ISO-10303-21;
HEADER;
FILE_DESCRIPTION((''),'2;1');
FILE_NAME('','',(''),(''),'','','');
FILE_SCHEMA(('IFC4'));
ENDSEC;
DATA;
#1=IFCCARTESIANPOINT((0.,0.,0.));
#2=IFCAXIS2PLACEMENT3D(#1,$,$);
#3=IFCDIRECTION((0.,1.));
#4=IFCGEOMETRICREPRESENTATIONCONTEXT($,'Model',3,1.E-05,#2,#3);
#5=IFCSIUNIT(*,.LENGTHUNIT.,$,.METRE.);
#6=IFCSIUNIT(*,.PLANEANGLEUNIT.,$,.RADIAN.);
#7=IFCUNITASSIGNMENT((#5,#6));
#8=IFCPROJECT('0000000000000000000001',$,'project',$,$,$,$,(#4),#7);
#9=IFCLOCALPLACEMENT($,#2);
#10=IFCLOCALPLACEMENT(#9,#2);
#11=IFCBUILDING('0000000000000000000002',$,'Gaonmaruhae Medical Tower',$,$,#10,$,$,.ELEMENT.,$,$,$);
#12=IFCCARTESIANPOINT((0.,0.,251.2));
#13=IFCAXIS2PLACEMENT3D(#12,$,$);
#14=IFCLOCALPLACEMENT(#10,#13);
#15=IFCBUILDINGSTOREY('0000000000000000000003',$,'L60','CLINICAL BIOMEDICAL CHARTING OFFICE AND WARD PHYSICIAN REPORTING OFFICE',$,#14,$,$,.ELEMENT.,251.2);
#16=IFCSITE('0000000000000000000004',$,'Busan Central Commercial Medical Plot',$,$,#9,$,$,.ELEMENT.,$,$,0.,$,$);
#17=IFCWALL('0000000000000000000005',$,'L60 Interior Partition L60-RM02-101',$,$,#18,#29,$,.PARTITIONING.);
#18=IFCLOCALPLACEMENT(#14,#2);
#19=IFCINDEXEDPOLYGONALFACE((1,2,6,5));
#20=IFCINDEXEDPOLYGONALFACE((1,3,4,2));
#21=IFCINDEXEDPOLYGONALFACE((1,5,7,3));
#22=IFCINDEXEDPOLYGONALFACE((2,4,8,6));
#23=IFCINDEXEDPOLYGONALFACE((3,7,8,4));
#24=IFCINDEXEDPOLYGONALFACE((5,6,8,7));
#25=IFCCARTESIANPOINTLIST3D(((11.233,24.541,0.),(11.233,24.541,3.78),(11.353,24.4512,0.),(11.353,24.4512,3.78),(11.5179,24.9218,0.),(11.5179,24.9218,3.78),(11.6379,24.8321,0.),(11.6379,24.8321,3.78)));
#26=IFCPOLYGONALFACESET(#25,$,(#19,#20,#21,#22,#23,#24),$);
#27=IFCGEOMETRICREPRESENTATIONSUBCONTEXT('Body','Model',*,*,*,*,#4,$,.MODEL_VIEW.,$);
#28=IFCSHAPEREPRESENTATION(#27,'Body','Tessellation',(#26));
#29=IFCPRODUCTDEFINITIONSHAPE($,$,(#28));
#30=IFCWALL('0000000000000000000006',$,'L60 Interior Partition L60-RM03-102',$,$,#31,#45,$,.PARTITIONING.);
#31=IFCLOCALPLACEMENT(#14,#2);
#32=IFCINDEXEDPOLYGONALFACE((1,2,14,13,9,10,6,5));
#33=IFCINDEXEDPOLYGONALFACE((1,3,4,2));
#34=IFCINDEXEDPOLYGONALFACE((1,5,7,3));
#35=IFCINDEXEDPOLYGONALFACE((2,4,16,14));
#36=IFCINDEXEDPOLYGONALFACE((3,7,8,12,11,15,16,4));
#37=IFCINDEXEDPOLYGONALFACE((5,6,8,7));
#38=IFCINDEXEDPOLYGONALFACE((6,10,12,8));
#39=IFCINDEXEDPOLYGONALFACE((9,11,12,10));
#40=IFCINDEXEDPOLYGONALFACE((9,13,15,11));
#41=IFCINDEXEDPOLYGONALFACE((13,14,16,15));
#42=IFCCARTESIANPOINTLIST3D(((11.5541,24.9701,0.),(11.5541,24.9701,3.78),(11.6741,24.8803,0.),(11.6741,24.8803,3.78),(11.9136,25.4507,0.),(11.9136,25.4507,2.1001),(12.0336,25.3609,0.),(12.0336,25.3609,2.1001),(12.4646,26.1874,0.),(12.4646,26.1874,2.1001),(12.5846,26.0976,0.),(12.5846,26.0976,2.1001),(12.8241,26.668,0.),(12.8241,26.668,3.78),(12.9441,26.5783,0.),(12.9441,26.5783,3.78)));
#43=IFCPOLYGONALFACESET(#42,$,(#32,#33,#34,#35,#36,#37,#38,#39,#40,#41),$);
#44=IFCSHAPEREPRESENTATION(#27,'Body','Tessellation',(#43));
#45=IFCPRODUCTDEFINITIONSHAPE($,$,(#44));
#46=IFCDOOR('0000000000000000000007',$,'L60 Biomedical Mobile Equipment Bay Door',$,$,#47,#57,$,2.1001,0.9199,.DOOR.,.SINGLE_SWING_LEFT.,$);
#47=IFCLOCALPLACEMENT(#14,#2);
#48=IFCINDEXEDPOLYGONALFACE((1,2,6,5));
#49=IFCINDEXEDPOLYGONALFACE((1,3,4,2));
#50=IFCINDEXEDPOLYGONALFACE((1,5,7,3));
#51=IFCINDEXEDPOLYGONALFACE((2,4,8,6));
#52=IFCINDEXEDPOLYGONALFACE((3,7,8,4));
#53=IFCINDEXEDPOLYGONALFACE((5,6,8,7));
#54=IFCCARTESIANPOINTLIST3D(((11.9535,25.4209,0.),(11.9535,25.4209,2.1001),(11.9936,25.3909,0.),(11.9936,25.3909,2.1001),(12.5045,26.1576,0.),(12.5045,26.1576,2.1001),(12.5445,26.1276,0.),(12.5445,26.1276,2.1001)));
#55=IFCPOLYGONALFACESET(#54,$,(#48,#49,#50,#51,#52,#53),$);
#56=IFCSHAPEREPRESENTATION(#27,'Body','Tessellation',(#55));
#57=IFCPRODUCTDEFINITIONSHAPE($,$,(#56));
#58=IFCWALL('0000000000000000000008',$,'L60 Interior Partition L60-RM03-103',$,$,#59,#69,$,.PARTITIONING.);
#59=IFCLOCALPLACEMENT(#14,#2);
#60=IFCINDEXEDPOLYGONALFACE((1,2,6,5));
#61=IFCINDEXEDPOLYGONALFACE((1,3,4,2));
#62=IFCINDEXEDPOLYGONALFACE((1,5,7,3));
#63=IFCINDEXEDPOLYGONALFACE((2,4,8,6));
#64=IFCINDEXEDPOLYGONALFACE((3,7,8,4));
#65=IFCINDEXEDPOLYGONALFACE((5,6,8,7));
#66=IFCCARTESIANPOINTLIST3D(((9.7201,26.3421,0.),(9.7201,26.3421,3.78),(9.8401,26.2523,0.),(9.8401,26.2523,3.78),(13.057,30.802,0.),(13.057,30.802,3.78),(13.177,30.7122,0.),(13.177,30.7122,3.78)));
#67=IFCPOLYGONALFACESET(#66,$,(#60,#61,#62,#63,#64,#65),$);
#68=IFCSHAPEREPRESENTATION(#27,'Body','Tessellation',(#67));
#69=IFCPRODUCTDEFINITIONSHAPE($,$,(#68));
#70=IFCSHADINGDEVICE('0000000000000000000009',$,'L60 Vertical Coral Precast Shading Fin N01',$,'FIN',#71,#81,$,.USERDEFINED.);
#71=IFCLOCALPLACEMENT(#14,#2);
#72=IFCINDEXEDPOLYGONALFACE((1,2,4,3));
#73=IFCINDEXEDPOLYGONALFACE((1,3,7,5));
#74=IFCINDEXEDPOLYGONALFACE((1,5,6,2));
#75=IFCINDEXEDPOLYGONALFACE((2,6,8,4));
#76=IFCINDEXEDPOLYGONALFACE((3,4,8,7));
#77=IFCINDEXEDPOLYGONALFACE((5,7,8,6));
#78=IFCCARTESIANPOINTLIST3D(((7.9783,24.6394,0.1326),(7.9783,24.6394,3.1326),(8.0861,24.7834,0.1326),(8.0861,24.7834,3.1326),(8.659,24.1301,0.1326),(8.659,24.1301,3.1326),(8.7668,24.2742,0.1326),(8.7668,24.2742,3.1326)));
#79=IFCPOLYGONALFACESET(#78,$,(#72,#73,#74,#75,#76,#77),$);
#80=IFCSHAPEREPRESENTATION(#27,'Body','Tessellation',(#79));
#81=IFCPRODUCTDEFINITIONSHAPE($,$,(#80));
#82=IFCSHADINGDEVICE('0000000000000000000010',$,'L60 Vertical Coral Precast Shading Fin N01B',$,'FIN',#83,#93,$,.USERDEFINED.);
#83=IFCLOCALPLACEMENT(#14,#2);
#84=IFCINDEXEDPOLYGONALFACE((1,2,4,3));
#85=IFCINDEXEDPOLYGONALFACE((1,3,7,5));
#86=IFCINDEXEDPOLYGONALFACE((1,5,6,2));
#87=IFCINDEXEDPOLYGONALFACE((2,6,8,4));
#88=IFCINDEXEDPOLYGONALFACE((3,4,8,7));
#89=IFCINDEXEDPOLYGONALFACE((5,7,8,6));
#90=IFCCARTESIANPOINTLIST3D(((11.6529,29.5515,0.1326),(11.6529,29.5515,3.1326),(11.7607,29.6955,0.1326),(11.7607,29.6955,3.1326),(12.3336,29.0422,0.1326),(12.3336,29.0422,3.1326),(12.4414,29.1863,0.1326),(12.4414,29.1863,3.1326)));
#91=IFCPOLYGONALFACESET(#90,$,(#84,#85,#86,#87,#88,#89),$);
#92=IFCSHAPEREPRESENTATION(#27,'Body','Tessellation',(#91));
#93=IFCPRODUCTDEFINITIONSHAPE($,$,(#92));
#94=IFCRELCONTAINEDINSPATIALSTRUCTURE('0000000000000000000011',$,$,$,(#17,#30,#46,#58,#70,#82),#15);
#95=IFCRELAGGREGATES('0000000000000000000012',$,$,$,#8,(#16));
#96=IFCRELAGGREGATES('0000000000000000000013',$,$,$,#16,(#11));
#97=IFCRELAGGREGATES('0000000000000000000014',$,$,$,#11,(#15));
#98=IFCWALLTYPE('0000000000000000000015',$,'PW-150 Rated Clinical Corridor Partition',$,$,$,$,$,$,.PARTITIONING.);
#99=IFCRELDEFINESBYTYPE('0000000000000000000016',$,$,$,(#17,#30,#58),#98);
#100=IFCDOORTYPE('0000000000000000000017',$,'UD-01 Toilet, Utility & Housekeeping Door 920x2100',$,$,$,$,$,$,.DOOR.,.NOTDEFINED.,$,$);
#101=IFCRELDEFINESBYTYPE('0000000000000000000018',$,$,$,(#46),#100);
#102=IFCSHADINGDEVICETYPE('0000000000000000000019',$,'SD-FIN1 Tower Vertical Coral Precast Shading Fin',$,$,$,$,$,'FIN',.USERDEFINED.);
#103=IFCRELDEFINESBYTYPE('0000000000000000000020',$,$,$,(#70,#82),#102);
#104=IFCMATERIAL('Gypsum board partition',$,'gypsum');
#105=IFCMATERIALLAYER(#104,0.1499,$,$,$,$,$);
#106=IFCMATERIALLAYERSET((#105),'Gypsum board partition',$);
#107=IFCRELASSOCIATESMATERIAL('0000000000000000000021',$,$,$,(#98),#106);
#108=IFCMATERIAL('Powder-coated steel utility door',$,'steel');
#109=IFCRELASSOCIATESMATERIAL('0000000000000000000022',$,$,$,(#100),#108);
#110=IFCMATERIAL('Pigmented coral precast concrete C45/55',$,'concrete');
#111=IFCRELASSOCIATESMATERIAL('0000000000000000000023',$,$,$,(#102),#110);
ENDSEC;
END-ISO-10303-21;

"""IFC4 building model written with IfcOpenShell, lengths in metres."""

from ifc_helpers import new_model, si_unit, direction, frame, frame_2d, origin, origin_2d, place, context, subcontext, project, spatial, rectangle, extrude, material, layer, layer_set, type_object, element, fill, save


model = new_model("IFC4")

# Units and contexts
model_context = context("Model", 3, precision=1e-05, world=origin(), true_north=direction((0.0, 1.0)))
body_context = subcontext(model_context, "Body", "Model", "MODEL_VIEW")
ifc_project = project(units=[si_unit("LENGTHUNIT", "METRE"), si_unit("PLANEANGLEUNIT", "RADIAN")], contexts=[model_context])

# Site, building, storey
site_placement = place(None, origin())
site = spatial("IfcSite", under=ifc_project, at=site_placement, Name="Busan Central Commercial Medical Plot", CompositionType="ELEMENT", RefElevation=0.0)
building_placement = place(site_placement, origin())
building = spatial("IfcBuilding", under=site, at=building_placement, Name="Gaonmaruhae Medical Tower", CompositionType="ELEMENT")
storey_placement = place(building_placement, frame((0.0, 0.0, 251.2)))
storey = spatial("IfcBuildingStorey", under=building, at=storey_placement, Name="L60", Description="CLINICAL BIOMEDICAL CHARTING OFFICE AND WARD PHYSICIAN REPORTING OFFICE", CompositionType="ELEMENT", Elevation=251.2)

# Shared definitions
ifc_material_1 = material(Name="Gypsum board partition", Category="gypsum")
ifc_layer_1 = layer(ifc_material_1, 0.1499)
ifc_layer_set_1 = layer_set([ifc_layer_1], Name="Gypsum board partition")
wall_type_1 = type_object("IfcWallType", Name="PW-150 Rated Clinical Corridor Partition", PredefinedType="PARTITIONING", material=ifc_layer_set_1)

# Wall
wall_1_placement = place(storey_placement, frame((11.5779, 24.877, 0.0), z_axis=(0.0, 0.0, 1.0), x_axis=(-0.599014, -0.800739, 0.0)))
element("IfcWall", 1, at=wall_1_placement, inside=storey, type_object=wall_type_1, Name="L60 Interior Partition L60-RM02-101", PredefinedType="PARTITIONING", context=body_context, shape_type="SweptSolid", body=[
    extrude(rectangle(XDim=0.4756, YDim=0.1499, at=frame_2d((0.2378, 0.0))), origin(), (0.0, 0.0, 1.0), 3.78),
])

# Wall, opening, door
wall_2_placement = place(storey_placement, frame((12.884, 26.623, 0.0), z_axis=(0.0, 0.0, 1.0), x_axis=(-0.598949, -0.800787, 0.0)))
wall_2 = element("IfcWall", 2, at=wall_2_placement, inside=storey, type_object=wall_type_1, Name="L60 Interior Partition L60-RM03-102", PredefinedType="PARTITIONING", context=body_context, shape_type="SweptSolid", body=[
    extrude(rectangle(XDim=2.1204, YDim=0.1499, at=frame_2d((1.0601, 0.0))), origin(), (0.0, 0.0, 1.0), 3.78),
])
opening_1_placement = place(wall_2_placement, frame((0.6001, 0.0, 0.0)))
opening_1 = element("IfcOpeningElement", 3, at=opening_1_placement, cuts=wall_2, PredefinedType="OPENING", context=body_context, shape_type="SweptSolid", body=[
    extrude(rectangle(XDim=0.9199, YDim=2.1001, at=frame_2d((0.46, 1.05))), frame((0.0, 0.085, 0.0), z_axis=(0.0, -1.0, 0.0), x_axis=(1.0, 0.0, 0.0)), (0.0, 0.0, 1.0), 0.1699),
])
ifc_material_2 = material(Name="Powder-coated steel utility door", Category="steel")
door_type_1 = type_object("IfcDoorType", Name="UD-01 Toilet, Utility & Housekeeping Door 920x2100", OperationType="NOTDEFINED", PredefinedType="DOOR", material=ifc_material_2)
door_1_placement = place(opening_1_placement, origin())
door_1 = element("IfcDoor", 4, at=door_1_placement, inside=storey, type_object=door_type_1, Name="L60 Biomedical Mobile Equipment Bay Door", OperationType="SINGLE_SWING_LEFT", OverallHeight=2.1001, OverallWidth=0.9199, PredefinedType="DOOR", context=body_context, shape_type="SweptSolid", body=[
    extrude(rectangle(XDim=0.9199, YDim=2.1001, at=frame_2d((0.46, 1.05))), frame((0.0, 0.0249, 0.0), z_axis=(0.0, -1.0, 0.0), x_axis=(1.0, 0.0, 0.0)), (0.0, 0.0, 1.0), 0.05),
])
fill(opening_1, door_1)

# Wall
wall_3_placement = place(storey_placement, frame((9.78, 26.2971, 0.0), z_axis=(0.0, 0.0, 1.0), x_axis=(0.599074, 0.800694, 0.0)))
element("IfcWall", 5, at=wall_3_placement, inside=storey, type_object=wall_type_1, Name="L60 Interior Partition L60-RM03-103", PredefinedType="PARTITIONING", context=body_context, shape_type="SweptSolid", body=[
    extrude(rectangle(XDim=5.5701, YDim=0.1499, at=frame_2d((2.7852, 0.0))), origin(), (0.0, 0.0, 1.0), 3.78),
])

# Shading devices
ifc_material_3 = material(Name="Pigmented coral precast concrete C45/55", Category="concrete")
shading_device_type = type_object("IfcShadingDeviceType", Name="SD-FIN1 Tower Vertical Coral Precast Shading Fin", ElementType="FIN", PredefinedType="USERDEFINED", material=ifc_material_3)
for number, where, z_axis, x_axis, name in (
    (6, (8.3726, 24.4568, 0.1326), (0.0, 0.0, 1.0), (0.599024, 0.800731, 0.0), "L60 Vertical Coral Precast Shading Fin N01"),
    (7, (12.0471, 29.3689, 0.1326), (0.0, 0.0, 1.0), (0.599024, 0.800731, 0.0), "L60 Vertical Coral Precast Shading Fin N01B"),
):
    element("IfcShadingDevice", number, at=place(storey_placement, frame(where, z_axis=z_axis, x_axis=x_axis)), inside=storey, type_object=shading_device_type, Name=name, ObjectType="FIN", PredefinedType="USERDEFINED", context=body_context, shape_type="SweptSolid", body=[
        extrude(rectangle(XDim=0.1799, YDim=0.8501, at=origin_2d()), origin(), (0.0, 0.0, 1.0), 3.0),
    ])

save(model, "model.ifc")
